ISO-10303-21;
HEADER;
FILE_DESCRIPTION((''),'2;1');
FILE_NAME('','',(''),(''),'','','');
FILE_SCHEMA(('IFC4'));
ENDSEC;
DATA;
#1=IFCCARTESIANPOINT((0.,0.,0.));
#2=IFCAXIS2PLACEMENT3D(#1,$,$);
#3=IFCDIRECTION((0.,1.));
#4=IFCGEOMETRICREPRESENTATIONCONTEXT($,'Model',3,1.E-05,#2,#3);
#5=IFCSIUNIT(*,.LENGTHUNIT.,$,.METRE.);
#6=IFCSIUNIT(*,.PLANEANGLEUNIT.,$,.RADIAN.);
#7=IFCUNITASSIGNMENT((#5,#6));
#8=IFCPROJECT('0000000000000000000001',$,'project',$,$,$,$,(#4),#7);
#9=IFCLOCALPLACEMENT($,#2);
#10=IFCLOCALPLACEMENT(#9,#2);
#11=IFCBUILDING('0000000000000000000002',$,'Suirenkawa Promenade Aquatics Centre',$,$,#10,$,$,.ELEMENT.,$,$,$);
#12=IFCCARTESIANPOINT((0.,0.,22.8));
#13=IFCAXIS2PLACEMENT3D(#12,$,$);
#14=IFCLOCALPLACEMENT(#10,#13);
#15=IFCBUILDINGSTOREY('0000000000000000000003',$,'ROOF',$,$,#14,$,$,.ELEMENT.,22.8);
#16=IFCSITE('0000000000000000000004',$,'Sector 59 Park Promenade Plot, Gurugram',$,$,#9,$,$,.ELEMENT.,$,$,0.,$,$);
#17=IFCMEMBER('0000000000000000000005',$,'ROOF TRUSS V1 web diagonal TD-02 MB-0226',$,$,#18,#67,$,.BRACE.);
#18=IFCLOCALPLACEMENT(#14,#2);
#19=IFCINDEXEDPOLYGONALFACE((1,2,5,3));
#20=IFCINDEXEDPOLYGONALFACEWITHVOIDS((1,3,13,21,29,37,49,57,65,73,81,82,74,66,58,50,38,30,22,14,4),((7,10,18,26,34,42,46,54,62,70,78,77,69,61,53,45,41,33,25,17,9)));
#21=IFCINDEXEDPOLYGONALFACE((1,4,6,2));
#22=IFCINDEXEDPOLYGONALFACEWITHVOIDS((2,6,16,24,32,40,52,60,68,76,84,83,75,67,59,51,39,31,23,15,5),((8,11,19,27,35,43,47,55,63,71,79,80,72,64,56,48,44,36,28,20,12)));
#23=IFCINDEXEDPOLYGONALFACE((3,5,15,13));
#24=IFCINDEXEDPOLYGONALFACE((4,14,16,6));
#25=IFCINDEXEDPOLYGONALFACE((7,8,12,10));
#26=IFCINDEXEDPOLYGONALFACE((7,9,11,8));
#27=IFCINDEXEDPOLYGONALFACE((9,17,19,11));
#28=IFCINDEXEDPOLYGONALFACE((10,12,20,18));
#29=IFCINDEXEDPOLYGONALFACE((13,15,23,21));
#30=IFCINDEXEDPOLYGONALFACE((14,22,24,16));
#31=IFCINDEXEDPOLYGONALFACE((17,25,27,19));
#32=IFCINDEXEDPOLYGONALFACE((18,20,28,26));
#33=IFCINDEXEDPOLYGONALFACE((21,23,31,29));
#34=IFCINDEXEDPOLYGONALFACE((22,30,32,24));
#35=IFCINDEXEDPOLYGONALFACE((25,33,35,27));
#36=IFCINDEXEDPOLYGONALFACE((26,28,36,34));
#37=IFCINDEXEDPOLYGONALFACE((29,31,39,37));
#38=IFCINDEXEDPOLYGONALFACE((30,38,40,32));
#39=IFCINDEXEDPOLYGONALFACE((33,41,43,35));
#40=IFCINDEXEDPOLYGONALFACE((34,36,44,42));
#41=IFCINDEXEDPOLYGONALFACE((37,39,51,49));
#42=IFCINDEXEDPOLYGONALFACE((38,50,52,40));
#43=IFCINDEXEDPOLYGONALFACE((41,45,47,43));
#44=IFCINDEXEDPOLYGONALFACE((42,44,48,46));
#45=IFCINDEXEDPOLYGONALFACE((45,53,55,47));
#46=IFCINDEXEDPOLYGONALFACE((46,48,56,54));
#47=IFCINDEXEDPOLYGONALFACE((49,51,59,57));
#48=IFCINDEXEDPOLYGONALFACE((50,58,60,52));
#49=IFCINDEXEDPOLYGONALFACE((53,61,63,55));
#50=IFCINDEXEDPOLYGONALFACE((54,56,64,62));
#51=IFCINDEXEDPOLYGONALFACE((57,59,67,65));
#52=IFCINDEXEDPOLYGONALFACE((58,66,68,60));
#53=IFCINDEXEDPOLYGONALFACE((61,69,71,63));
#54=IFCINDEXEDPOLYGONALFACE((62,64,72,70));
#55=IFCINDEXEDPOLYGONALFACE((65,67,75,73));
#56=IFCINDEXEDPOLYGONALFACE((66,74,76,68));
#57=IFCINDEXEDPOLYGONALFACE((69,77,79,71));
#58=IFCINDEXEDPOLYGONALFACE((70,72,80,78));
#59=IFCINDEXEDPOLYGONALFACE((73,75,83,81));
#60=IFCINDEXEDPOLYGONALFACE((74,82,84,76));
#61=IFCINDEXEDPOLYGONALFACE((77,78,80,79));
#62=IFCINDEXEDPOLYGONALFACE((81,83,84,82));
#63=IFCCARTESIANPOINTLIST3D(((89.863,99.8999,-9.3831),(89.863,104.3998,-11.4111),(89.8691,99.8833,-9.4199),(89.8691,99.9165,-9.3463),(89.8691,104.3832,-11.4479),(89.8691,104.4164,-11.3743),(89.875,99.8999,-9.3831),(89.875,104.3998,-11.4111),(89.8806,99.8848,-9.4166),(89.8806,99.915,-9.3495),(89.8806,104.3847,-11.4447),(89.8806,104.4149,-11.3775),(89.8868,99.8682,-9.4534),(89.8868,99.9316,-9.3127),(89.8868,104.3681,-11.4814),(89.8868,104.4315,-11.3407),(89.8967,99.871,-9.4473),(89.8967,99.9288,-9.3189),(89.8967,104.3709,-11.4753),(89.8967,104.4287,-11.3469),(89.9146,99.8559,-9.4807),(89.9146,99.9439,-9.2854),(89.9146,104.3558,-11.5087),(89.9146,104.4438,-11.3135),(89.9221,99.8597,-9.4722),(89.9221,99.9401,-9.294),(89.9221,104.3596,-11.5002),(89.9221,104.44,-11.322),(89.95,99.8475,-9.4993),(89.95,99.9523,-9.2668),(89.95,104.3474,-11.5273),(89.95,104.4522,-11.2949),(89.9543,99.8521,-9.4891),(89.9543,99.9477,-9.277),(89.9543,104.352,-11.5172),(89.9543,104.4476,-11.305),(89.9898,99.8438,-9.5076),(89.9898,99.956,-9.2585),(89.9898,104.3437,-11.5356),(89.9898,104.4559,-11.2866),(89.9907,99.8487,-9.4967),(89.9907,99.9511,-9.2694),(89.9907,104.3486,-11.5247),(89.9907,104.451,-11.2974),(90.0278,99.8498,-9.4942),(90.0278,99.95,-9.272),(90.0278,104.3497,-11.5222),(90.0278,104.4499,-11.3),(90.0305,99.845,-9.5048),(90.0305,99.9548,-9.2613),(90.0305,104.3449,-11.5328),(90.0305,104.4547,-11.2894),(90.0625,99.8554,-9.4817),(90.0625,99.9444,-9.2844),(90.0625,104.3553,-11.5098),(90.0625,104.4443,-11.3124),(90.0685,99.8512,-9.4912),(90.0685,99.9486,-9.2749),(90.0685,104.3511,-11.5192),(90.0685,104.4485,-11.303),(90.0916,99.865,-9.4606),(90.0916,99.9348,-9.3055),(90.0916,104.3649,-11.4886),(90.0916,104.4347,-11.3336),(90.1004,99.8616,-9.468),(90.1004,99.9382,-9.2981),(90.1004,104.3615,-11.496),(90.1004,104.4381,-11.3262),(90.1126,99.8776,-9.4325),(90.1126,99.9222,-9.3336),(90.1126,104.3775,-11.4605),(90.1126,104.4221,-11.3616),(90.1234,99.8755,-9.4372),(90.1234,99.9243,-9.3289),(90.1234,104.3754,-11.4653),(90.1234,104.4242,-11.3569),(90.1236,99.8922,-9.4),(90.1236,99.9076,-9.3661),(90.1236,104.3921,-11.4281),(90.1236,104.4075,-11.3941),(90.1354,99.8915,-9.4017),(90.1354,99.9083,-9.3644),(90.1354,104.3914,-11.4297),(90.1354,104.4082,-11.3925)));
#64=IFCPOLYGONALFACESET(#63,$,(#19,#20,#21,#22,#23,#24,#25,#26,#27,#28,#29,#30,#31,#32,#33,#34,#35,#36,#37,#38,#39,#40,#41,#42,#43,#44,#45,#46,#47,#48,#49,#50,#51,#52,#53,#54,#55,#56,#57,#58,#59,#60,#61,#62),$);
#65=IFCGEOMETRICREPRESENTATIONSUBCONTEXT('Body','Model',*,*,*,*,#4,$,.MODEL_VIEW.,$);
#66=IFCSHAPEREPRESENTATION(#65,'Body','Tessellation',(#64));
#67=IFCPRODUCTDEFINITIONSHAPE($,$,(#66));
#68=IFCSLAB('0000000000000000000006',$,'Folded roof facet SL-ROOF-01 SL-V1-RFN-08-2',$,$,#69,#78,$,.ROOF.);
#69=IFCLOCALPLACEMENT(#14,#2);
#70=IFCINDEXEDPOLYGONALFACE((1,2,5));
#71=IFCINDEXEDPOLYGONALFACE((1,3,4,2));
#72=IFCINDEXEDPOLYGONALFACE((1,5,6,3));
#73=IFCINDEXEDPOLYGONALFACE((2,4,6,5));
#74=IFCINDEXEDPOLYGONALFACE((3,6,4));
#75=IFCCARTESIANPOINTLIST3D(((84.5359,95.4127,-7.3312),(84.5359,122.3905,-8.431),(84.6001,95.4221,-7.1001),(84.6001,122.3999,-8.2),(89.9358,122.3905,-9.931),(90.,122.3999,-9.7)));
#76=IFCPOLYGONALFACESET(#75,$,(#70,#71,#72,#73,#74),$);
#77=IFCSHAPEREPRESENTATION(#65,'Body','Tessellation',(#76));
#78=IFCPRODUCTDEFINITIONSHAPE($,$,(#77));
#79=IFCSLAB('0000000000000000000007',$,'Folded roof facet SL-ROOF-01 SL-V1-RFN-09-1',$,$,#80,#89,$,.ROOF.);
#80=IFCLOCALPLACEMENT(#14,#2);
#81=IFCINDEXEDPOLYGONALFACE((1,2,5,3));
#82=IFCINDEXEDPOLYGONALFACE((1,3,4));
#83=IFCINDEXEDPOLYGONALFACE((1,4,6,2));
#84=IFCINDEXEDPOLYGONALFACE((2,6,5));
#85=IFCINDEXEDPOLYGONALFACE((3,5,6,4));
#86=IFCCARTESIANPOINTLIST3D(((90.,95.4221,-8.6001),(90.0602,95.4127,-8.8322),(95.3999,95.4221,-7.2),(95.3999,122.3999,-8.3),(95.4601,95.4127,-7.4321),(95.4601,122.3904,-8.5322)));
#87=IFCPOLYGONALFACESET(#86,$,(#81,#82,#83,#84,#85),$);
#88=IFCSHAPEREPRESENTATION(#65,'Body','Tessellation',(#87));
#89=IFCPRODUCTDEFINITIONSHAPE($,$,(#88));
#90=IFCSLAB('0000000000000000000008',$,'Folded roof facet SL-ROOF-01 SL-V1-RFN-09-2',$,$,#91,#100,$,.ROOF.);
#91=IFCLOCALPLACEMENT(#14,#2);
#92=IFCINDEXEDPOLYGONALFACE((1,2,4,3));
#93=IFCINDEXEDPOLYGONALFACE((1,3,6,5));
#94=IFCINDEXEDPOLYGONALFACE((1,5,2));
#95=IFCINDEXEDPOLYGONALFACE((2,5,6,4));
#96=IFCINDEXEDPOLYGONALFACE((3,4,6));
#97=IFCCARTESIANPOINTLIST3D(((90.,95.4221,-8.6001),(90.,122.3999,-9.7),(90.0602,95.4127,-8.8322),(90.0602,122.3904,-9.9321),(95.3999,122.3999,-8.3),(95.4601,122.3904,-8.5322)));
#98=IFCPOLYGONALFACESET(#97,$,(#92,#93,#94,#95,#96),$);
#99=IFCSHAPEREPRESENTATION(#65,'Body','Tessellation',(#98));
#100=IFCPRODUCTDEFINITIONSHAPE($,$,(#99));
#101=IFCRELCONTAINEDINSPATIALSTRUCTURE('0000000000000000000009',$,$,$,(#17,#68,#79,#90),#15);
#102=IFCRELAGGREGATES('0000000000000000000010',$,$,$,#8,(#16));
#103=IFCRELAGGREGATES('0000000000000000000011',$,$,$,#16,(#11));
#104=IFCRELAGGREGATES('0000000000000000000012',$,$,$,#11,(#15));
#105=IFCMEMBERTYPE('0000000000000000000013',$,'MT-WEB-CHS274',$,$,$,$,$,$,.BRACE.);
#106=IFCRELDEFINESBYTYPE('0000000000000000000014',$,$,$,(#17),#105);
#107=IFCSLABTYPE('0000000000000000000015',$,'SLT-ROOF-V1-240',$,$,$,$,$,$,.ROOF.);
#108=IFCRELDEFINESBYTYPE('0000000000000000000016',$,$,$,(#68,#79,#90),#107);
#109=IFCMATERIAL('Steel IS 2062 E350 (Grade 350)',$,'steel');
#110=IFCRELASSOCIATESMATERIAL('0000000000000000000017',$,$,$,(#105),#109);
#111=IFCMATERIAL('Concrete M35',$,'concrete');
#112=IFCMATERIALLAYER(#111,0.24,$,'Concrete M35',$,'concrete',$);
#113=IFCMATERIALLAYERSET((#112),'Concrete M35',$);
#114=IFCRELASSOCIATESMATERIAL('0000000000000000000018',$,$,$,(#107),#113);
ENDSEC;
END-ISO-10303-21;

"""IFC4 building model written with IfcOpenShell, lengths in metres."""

from ifc_helpers import new_model, si_unit, direction, frame, origin, origin_2d, place, context, subcontext, project, spatial, polyline, hollow_circle, outline, extrude, material, layer, layer_set, material_profile, profile_set, type_object, element, save


model = new_model("IFC4")

# Units and contexts
model_context = context("Model", 3, precision=1e-05, world=origin(), true_north=direction((0.0, 1.0)))
body_context = subcontext(model_context, "Body", "Model", "MODEL_VIEW")
ifc_project = project(units=[si_unit("LENGTHUNIT", "METRE"), si_unit("PLANEANGLEUNIT", "RADIAN")], contexts=[model_context])

# Site, building, storey
site_placement = place(None, origin())
site = spatial("IfcSite", under=ifc_project, at=site_placement, Name="Sector 59 Park Promenade Plot, Gurugram", CompositionType="ELEMENT", RefElevation=0.0)
building_placement = place(site_placement, origin())
building = spatial("IfcBuilding", under=site, at=building_placement, Name="Suirenkawa Promenade Aquatics Centre", CompositionType="ELEMENT")
storey_placement = place(building_placement, frame((0.0, 0.0, 22.8)))
storey = spatial("IfcBuildingStorey", under=building, at=storey_placement, Name="ROOF", CompositionType="ELEMENT", Elevation=22.8)

# Shared definitions
ifc_material_1 = material(Name="Steel IS 2062 E350 (Grade 350)", Category="steel")

# Member
ifc_material_profile_1 = material_profile(ifc_material_1, hollow_circle(Radius=0.137, WallThickness=0.012, at=origin_2d()), Name="CHS 274x12", Category="steel")
ifc_profile_set_1 = profile_set([ifc_material_profile_1], Name="Steel IS 2062 E350 (Grade 350)")
member_type_1 = type_object("IfcMemberType", Name="MT-WEB-CHS274", PredefinedType="BRACE", material=ifc_profile_set_1)
member_1_placement = place(storey_placement, frame((90.0, 99.8999, -9.3831), z_axis=(0.0, 0.911688, -0.410883), x_axis=(-1.0, 0.0, 0.0)))
element("IfcMember", 1, at=member_1_placement, inside=storey, type_object=member_type_1, Name="ROOF TRUSS V1 web diagonal TD-02 MB-0226", PredefinedType="BRACE", context=body_context, shape_type="SweptSolid", body=[
    extrude(hollow_circle(Radius=0.137, WallThickness=0.012, at=origin_2d()), origin(), (0.0, 0.0, 1.0), 4.9358),
])

# Slabs
ifc_material_2 = material(Name="Concrete M35", Category="concrete")
ifc_layer = layer(ifc_material_2, 0.24, Name="Concrete M35", Category="concrete")
ifc_layer_set = layer_set([ifc_layer], Name="Concrete M35")
slab_type = type_object("IfcSlabType", Name="SLT-ROOF-V1-240", PredefinedType="ROOF", material=ifc_layer_set)
slab_1_placement = place(storey_placement, frame((84.6001, 95.4221, -7.1001), z_axis=(0.267442, 0.039251, 0.962774), x_axis=(0.195398, 0.976202, -0.094077)))
element("IfcSlab", 2, at=slab_1_placement, inside=storey, type_object=slab_type, Name="Folded roof facet SL-ROOF-01 SL-V1-RFN-08-2", PredefinedType="ROOF", context=body_context, shape_type="SweptSolid", body=[
    extrude(outline(polyline([(0.0, 0.0), (27.6355, 0.0), (26.4392, 5.4752), (0.0, 0.0)])), origin(), (0.0, 0.0, -1.0), 0.24),
])
slab_2_placement = place(storey_placement, frame((90.0, 95.4221, -8.6001), z_axis=(-0.250796, 0.039442, 0.967236), x_axis=(0.967989, 0.0, 0.250991)))
element("IfcSlab", 3, at=slab_2_placement, inside=storey, type_object=slab_type, Name="Folded roof facet SL-ROOF-01 SL-V1-RFN-09-1", PredefinedType="ROOF", context=body_context, shape_type="SweptSolid", body=[
    extrude(outline(polyline([(0.0, 0.0), (5.5785, 0.0), (5.3024, 26.9988), (0.0, 0.0)])), origin(), (0.0, 0.0, -1.0), 0.24),
])
slab_3_placement = place(storey_placement, frame((90.0, 95.4221, -8.6001), z_axis=(-0.250755, 0.039434, 0.967247), x_axis=(0.196256, 0.980492, 0.010905)))
element("IfcSlab", 4, at=slab_3_placement, inside=storey, type_object=slab_type, Name="Folded roof facet SL-ROOF-01 SL-V1-RFN-09-2", PredefinedType="ROOF", context=body_context, shape_type="SweptSolid", body=[
    extrude(outline(polyline([(0.0, 0.0), (27.5145, 0.0), (26.4395, 5.4738), (0.0, 0.0)])), origin(), (0.0, 0.0, -1.0), 0.24),
])

save(model, "model.ifc")
